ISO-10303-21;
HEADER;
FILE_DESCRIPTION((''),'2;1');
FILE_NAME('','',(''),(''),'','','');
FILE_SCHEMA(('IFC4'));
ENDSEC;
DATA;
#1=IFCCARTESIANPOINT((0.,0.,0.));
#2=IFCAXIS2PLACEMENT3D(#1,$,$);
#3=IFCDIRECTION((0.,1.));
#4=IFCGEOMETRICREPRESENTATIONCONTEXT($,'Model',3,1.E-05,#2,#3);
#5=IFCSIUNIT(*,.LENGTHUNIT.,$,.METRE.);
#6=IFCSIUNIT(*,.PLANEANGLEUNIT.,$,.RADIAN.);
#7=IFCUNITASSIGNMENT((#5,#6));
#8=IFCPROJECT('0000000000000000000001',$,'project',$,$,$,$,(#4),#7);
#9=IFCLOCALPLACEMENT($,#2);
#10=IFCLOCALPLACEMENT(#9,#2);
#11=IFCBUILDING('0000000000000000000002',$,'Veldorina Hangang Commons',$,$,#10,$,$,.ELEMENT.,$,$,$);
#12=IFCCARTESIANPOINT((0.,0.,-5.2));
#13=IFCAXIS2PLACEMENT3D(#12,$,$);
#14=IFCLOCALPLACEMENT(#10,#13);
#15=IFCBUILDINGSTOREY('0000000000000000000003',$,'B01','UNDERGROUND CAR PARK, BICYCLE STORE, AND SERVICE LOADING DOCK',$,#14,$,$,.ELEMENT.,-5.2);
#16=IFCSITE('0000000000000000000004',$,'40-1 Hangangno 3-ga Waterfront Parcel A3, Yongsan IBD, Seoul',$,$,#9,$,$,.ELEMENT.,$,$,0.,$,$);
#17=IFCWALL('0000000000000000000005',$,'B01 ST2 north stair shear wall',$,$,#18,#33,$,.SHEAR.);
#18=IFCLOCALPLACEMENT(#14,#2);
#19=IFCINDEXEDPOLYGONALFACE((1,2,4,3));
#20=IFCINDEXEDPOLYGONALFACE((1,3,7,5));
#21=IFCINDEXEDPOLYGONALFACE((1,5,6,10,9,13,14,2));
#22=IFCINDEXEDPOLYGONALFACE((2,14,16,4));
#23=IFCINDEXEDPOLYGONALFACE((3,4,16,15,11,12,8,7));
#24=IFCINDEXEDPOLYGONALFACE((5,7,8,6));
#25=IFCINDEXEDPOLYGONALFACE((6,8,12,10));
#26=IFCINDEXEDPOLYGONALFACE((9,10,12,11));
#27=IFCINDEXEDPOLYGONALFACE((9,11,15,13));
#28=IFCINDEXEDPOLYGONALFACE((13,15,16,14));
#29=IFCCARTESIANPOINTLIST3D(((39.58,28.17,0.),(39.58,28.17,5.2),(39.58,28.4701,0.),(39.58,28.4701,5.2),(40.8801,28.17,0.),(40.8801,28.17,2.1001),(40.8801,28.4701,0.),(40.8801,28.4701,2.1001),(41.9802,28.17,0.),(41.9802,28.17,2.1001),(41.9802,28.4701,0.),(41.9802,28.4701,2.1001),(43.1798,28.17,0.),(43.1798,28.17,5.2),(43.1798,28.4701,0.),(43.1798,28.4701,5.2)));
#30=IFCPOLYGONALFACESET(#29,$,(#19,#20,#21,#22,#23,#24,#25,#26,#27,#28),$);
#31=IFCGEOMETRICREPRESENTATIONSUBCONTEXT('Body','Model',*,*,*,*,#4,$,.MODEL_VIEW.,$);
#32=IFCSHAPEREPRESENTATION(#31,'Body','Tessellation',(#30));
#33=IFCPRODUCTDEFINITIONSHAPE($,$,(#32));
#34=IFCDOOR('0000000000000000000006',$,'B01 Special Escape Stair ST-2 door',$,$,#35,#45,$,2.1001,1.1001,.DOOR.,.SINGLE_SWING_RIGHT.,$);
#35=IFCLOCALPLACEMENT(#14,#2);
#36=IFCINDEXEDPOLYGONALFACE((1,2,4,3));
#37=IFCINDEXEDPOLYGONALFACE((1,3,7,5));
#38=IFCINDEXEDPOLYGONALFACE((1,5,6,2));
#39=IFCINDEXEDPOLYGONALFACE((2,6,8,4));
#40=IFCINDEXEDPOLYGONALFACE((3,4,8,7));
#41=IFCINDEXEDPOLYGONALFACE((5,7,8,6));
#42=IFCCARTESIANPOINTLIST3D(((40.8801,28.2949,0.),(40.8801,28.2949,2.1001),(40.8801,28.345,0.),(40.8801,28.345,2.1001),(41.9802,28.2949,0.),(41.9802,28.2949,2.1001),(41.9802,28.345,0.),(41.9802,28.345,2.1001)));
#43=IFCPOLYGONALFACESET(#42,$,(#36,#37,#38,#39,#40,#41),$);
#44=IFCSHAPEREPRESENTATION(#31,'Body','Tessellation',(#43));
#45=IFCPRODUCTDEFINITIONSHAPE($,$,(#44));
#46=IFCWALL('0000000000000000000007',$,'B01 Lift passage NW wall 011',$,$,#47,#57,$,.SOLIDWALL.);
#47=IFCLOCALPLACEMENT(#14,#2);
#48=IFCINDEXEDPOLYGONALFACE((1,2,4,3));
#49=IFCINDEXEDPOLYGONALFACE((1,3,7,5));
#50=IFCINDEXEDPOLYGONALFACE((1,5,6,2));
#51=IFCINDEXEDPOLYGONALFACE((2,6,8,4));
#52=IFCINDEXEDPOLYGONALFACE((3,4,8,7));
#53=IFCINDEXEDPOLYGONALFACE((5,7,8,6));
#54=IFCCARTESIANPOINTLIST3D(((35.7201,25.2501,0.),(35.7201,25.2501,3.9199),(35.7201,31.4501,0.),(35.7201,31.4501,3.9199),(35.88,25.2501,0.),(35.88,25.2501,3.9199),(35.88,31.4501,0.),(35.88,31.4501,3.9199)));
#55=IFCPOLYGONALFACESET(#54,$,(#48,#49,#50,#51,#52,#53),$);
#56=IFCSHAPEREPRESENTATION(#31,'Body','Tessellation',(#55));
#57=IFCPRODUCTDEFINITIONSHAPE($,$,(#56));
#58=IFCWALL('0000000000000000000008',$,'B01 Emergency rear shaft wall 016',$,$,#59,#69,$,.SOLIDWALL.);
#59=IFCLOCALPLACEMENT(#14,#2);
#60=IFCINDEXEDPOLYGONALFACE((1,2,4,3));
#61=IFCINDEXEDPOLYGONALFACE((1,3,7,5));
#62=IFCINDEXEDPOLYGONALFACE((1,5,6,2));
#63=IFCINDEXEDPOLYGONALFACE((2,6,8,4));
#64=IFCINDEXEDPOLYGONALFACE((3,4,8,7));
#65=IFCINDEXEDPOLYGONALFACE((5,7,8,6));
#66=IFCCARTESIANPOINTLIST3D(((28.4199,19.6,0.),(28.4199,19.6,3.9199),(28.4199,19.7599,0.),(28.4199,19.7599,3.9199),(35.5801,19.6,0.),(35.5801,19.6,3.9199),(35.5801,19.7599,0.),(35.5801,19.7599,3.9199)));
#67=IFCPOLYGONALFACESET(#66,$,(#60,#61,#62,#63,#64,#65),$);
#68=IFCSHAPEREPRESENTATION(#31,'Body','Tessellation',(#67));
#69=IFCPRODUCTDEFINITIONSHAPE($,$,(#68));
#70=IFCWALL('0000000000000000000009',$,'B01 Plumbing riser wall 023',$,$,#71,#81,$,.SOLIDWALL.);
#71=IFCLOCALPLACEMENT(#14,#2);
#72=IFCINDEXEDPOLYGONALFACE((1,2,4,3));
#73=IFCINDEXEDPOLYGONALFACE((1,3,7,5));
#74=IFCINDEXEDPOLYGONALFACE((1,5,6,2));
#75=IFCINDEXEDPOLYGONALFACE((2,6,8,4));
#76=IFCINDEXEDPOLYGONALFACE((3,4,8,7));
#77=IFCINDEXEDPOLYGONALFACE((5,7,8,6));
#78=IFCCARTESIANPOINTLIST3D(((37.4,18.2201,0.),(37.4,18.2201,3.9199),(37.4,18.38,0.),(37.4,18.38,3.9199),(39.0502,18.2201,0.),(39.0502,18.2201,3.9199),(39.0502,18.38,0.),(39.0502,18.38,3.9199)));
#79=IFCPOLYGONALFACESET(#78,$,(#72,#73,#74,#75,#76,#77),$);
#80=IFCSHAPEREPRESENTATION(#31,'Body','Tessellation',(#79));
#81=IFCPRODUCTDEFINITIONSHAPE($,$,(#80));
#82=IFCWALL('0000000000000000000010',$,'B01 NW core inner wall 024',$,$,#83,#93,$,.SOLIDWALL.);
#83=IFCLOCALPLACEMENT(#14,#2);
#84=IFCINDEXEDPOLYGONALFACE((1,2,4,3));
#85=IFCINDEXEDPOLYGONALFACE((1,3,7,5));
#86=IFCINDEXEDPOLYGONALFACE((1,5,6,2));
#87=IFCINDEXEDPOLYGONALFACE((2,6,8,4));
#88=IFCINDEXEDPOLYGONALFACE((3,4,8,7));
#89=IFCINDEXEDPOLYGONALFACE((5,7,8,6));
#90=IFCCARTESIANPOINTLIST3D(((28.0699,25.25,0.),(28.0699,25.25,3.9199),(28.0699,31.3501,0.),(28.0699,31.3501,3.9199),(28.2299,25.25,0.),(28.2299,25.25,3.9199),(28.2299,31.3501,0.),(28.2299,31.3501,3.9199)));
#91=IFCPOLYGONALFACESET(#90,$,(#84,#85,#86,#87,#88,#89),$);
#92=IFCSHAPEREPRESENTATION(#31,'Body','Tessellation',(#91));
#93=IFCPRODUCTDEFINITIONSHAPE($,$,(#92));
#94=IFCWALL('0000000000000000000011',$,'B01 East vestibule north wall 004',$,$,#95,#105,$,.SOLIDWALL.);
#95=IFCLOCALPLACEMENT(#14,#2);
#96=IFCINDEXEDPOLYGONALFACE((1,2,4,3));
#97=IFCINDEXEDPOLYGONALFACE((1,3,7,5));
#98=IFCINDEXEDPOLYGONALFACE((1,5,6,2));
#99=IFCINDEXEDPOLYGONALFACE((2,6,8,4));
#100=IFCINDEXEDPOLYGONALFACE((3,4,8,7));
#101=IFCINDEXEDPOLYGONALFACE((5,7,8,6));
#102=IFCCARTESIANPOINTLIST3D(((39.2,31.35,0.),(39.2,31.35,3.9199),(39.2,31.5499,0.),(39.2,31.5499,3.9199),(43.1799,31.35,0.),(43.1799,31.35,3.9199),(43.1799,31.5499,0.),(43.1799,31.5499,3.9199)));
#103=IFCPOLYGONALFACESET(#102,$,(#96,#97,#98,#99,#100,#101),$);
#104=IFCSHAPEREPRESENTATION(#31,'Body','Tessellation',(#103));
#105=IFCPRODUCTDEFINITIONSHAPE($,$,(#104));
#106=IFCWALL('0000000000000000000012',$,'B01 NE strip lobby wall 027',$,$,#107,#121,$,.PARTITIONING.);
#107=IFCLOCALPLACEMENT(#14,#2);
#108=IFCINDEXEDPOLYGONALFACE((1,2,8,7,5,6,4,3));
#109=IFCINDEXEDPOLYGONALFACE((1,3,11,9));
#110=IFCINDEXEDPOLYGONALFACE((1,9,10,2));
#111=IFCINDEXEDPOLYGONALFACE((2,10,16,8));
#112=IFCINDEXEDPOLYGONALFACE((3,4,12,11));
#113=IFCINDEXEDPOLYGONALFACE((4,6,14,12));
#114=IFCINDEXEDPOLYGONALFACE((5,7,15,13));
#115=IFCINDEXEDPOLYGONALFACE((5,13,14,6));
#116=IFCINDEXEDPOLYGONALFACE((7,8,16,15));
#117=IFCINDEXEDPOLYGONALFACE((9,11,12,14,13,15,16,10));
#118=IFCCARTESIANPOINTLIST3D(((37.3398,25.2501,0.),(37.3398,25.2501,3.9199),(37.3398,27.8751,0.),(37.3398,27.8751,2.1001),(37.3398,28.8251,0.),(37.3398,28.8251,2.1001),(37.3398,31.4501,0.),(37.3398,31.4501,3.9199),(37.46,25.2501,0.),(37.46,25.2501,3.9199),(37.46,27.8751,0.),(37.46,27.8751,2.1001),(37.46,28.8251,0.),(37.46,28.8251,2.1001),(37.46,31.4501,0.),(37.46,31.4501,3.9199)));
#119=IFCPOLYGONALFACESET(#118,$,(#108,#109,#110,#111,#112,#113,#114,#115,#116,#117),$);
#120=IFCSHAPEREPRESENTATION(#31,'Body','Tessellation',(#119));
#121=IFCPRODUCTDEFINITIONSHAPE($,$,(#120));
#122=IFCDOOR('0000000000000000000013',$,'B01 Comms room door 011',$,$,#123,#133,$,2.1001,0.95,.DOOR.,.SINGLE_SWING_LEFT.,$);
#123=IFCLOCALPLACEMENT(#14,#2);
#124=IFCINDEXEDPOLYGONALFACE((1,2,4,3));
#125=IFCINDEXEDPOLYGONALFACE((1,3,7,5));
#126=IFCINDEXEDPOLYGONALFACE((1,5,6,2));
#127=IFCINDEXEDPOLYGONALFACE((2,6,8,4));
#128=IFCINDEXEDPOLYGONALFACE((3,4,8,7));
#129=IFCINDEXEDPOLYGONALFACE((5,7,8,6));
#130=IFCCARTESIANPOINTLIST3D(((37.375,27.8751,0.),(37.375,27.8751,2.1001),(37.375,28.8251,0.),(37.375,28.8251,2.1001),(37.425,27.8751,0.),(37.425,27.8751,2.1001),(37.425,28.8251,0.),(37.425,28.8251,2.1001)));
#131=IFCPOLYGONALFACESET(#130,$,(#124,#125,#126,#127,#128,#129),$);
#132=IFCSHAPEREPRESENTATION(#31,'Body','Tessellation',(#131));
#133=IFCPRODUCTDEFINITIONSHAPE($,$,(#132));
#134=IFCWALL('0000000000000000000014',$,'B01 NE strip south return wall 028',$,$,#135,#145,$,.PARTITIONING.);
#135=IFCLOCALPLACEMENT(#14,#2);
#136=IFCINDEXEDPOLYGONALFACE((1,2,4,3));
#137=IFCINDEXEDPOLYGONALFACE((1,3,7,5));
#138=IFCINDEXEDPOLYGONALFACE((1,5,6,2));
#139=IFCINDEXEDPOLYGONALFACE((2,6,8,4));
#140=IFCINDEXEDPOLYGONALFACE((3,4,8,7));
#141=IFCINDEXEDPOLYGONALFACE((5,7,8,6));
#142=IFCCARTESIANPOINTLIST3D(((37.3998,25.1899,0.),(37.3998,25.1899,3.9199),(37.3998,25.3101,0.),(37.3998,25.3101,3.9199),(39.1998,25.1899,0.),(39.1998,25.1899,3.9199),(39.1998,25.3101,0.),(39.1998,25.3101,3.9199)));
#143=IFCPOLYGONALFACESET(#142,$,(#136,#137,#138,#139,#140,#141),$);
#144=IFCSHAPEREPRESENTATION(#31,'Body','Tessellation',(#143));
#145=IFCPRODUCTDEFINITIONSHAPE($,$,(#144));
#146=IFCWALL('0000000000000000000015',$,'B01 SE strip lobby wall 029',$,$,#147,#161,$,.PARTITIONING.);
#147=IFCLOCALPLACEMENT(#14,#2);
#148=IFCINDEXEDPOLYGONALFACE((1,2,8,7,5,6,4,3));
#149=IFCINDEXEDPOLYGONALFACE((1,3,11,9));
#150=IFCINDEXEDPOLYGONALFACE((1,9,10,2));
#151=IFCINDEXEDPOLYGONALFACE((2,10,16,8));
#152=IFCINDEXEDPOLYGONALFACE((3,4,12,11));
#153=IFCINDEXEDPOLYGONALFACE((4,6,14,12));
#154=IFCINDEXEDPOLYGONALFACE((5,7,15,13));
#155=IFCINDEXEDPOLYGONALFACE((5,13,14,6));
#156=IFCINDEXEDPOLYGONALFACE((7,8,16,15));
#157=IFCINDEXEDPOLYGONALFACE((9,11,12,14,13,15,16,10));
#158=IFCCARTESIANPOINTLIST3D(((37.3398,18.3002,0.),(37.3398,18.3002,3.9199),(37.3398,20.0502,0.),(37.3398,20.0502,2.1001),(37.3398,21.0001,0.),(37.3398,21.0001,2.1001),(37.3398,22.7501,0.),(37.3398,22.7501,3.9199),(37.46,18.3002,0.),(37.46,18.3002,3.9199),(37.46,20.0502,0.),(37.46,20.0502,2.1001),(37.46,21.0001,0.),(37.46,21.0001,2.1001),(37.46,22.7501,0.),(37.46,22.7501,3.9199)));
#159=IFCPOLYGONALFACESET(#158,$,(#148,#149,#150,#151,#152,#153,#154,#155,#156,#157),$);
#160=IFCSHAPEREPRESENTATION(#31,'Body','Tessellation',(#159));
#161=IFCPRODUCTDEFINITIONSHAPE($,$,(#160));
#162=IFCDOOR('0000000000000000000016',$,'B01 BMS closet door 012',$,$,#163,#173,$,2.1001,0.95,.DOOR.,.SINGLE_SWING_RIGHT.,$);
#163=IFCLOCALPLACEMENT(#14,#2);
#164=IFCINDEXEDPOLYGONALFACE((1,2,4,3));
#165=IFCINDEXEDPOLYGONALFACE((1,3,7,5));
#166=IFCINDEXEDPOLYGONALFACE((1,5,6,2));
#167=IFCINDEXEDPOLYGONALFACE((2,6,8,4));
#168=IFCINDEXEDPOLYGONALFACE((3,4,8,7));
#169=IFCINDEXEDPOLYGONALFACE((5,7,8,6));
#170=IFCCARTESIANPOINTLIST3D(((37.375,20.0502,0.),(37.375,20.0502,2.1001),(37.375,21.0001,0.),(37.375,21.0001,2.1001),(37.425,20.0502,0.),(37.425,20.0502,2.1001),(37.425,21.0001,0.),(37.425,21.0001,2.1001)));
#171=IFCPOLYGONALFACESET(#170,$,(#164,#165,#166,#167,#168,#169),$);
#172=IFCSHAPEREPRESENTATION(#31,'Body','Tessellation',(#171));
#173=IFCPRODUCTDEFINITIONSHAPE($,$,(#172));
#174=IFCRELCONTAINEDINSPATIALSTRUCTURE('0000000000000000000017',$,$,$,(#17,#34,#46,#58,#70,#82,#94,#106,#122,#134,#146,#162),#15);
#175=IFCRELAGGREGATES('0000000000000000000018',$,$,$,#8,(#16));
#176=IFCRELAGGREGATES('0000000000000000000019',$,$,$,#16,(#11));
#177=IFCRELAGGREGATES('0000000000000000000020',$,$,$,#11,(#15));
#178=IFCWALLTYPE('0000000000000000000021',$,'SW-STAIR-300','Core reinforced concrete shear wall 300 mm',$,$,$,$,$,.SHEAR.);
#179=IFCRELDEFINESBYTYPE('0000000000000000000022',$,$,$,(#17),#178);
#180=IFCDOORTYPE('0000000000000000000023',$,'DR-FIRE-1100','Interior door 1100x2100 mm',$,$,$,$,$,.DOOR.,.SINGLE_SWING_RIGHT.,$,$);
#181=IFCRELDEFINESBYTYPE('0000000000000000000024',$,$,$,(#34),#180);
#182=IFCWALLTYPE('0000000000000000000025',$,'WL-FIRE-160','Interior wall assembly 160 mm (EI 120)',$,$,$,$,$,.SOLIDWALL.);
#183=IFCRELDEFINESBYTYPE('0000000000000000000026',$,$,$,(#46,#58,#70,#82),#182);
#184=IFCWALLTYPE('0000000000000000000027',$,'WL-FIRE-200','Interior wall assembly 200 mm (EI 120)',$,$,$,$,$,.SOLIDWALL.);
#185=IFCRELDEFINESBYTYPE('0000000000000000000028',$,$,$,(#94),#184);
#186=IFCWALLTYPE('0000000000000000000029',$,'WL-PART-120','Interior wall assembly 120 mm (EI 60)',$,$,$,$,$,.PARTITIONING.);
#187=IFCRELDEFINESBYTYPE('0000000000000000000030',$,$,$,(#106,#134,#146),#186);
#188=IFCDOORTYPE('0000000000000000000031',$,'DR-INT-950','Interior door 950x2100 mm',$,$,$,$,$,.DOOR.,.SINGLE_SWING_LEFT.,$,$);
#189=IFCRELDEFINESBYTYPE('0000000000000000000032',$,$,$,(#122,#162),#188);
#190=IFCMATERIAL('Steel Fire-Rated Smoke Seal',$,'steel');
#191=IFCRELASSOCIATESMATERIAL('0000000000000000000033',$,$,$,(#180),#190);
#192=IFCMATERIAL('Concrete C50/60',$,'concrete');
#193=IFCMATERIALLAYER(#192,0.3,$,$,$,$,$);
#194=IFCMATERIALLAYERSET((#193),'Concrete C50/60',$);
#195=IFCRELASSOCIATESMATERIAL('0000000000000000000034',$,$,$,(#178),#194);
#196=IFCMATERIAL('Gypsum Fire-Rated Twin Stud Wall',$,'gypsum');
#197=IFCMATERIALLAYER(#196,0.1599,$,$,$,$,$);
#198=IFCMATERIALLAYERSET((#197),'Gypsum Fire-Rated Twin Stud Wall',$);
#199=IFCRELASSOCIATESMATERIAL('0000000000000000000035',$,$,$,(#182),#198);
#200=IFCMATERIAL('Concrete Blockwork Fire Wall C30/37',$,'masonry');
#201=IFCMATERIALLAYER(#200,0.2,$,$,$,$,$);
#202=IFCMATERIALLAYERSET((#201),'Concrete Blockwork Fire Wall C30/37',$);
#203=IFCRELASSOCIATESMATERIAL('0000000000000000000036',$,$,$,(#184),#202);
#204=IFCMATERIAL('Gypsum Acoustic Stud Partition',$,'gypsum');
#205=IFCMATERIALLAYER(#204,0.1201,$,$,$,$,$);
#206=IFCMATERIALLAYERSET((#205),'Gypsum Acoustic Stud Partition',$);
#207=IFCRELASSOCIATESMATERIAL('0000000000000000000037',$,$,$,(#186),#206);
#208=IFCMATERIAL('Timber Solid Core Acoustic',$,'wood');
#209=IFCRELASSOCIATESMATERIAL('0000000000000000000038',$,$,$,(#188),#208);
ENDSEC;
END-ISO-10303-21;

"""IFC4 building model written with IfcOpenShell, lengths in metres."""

from ifc_helpers import new_model, si_unit, direction, frame, frame_2d, origin, place, context, subcontext, project, spatial, rectangle, extrude, material, layer, layer_set, type_object, element, fill, save


model = new_model("IFC4")

# Units and contexts
model_context = context("Model", 3, precision=1e-05, world=origin(), true_north=direction((0.0, 1.0)))
body_context = subcontext(model_context, "Body", "Model", "MODEL_VIEW")
ifc_project = project(units=[si_unit("LENGTHUNIT", "METRE"), si_unit("PLANEANGLEUNIT", "RADIAN")], contexts=[model_context])

# Site, building, storey
site_placement = place(None, origin())
site = spatial("IfcSite", under=ifc_project, at=site_placement, Name="40-1 Hangangno 3-ga Waterfront Parcel A3, Yongsan IBD, Seoul", CompositionType="ELEMENT", RefElevation=0.0)
building_placement = place(site_placement, origin())
building = spatial("IfcBuilding", under=site, at=building_placement, Name="Veldorina Hangang Commons", CompositionType="ELEMENT")
storey_placement = place(building_placement, frame((0.0, 0.0, -5.2)))
storey = spatial("IfcBuildingStorey", under=building, at=storey_placement, Name="B01", Description="UNDERGROUND CAR PARK, BICYCLE STORE, AND SERVICE LOADING DOCK", CompositionType="ELEMENT", Elevation=-5.2)

# Shared definitions
ifc_material_1 = material(Name="Concrete C50/60", Category="concrete")

# Shared definitions
ifc_material_2 = material(Name="Steel Fire-Rated Smoke Seal", Category="steel")
door_type_1 = type_object("IfcDoorType", Name="DR-FIRE-1100", Description="Interior door 1100x2100 mm", OperationType="SINGLE_SWING_RIGHT", PredefinedType="DOOR", material=ifc_material_2)

# Shared definitions
ifc_layer_1 = layer(ifc_material_1, 0.3)
ifc_layer_set_1 = layer_set([ifc_layer_1], Name="Concrete C50/60")
wall_type_1 = type_object("IfcWallType", Name="SW-STAIR-300", Description="Core reinforced concrete shear wall 300 mm", PredefinedType="SHEAR", material=ifc_layer_set_1)

# Wall, opening, door
wall_1_placement = place(storey_placement, frame((39.5801, 28.3201, 0.0), z_axis=(0.0, 0.0, 1.0), x_axis=(1.0, 0.0, 0.0)))
wall_1 = element("IfcWall", 1, at=wall_1_placement, inside=storey, type_object=wall_type_1, Name="B01 ST2 north stair shear wall", PredefinedType="SHEAR", context=body_context, shape_type="SweptSolid", body=[
    extrude(rectangle(XDim=3.5999, YDim=0.3, at=frame_2d((1.7998, 0.0))), origin(), (0.0, 0.0, 1.0), 5.2),
])
opening_1_placement = place(wall_1_placement, frame((1.3, 0.0, 0.0)))
opening_1 = element("IfcOpeningElement", 2, at=opening_1_placement, cuts=wall_1, PredefinedType="OPENING", context=body_context, shape_type="SweptSolid", body=[
    extrude(rectangle(XDim=1.1001, YDim=2.1001, at=frame_2d((0.55, 1.05))), frame((0.0, 0.1602, 0.0), z_axis=(0.0, -1.0, 0.0), x_axis=(1.0, 0.0, 0.0)), (0.0, 0.0, 1.0), 0.3201),
])
door_1_placement = place(opening_1_placement, origin())
door_1 = element("IfcDoor", 3, at=door_1_placement, inside=storey, type_object=door_type_1, Name="B01 Special Escape Stair ST-2 door", OperationType="SINGLE_SWING_RIGHT", OverallHeight=2.1001, OverallWidth=1.1001, PredefinedType="DOOR", context=body_context, shape_type="SweptSolid", body=[
    extrude(rectangle(XDim=1.1001, YDim=2.1001, at=frame_2d((0.55, 1.05))), frame((0.0, 0.0249, 0.0), z_axis=(0.0, -1.0, 0.0), x_axis=(1.0, 0.0, 0.0)), (0.0, 0.0, 1.0), 0.05),
])
fill(opening_1, door_1)

# Walls
ifc_material_3 = material(Name="Gypsum Fire-Rated Twin Stud Wall", Category="gypsum")
ifc_layer_2 = layer(ifc_material_3, 0.1599)
ifc_layer_set_2 = layer_set([ifc_layer_2], Name="Gypsum Fire-Rated Twin Stud Wall")
wall_type_2 = type_object("IfcWallType", Name="WL-FIRE-160", Description="Interior wall assembly 160 mm (EI 120)", PredefinedType="SOLIDWALL", material=ifc_layer_set_2)
wall_2_placement = place(storey_placement, frame((35.8, 25.25, 0.0), z_axis=(0.0, 0.0, 1.0), x_axis=(0.0, 1.0, 0.0)))
element("IfcWall", 4, at=wall_2_placement, inside=storey, type_object=wall_type_2, Name="B01 Lift passage NW wall 011", PredefinedType="SOLIDWALL", context=body_context, shape_type="SweptSolid", body=[
    extrude(rectangle(XDim=6.2, YDim=0.1599, at=frame_2d((3.1001, 0.0))), origin(), (0.0, 0.0, 1.0), 3.9199),
])
wall_3_placement = place(storey_placement, frame((28.4199, 19.6799, 0.0), z_axis=(0.0, 0.0, 1.0), x_axis=(1.0, 0.0, 0.0)))
element("IfcWall", 5, at=wall_3_placement, inside=storey, type_object=wall_type_2, Name="B01 Emergency rear shaft wall 016", PredefinedType="SOLIDWALL", context=body_context, shape_type="SweptSolid", body=[
    extrude(rectangle(XDim=7.1602, YDim=0.1599, at=frame_2d((3.5801, 0.0))), origin(), (0.0, 0.0, 1.0), 3.9199),
])
wall_4_placement = place(storey_placement, frame((37.3999, 18.3, 0.0), z_axis=(0.0, 0.0, 1.0), x_axis=(1.0, 0.0, 0.0)))
element("IfcWall", 6, at=wall_4_placement, inside=storey, type_object=wall_type_2, Name="B01 Plumbing riser wall 023", PredefinedType="SOLIDWALL", context=body_context, shape_type="SweptSolid", body=[
    extrude(rectangle(XDim=1.6501, YDim=0.1599, at=frame_2d((0.8252, 0.0))), origin(), (0.0, 0.0, 1.0), 3.9199),
])
wall_5_placement = place(storey_placement, frame((28.1499, 25.25, 0.0), z_axis=(0.0, 0.0, 1.0), x_axis=(0.0, 1.0, 0.0)))
element("IfcWall", 7, at=wall_5_placement, inside=storey, type_object=wall_type_2, Name="B01 NW core inner wall 024", PredefinedType="SOLIDWALL", context=body_context, shape_type="SweptSolid", body=[
    extrude(rectangle(XDim=6.1001, YDim=0.1599, at=frame_2d((3.05, 0.0))), origin(), (0.0, 0.0, 1.0), 3.9199),
])
ifc_material_4 = material(Name="Concrete Blockwork Fire Wall C30/37", Category="masonry")
ifc_layer_3 = layer(ifc_material_4, 0.2)
ifc_layer_set_3 = layer_set([ifc_layer_3], Name="Concrete Blockwork Fire Wall C30/37")
wall_type_3 = type_object("IfcWallType", Name="WL-FIRE-200", Description="Interior wall assembly 200 mm (EI 120)", PredefinedType="SOLIDWALL", material=ifc_layer_set_3)
wall_6_placement = place(storey_placement, frame((39.2, 31.45, 0.0), z_axis=(0.0, 0.0, 1.0), x_axis=(1.0, 0.0, 0.0)))
element("IfcWall", 8, at=wall_6_placement, inside=storey, type_object=wall_type_3, Name="B01 East vestibule north wall 004", PredefinedType="SOLIDWALL", context=body_context, shape_type="SweptSolid", body=[
    extrude(rectangle(XDim=3.98, YDim=0.2, at=frame_2d((1.99, 0.0))), origin(), (0.0, 0.0, 1.0), 3.9199),
])

# Wall, opening, door
ifc_material_5 = material(Name="Gypsum Acoustic Stud Partition", Category="gypsum")
ifc_layer_4 = layer(ifc_material_5, 0.1201)
ifc_layer_set_4 = layer_set([ifc_layer_4], Name="Gypsum Acoustic Stud Partition")
wall_type_4 = type_object("IfcWallType", Name="WL-PART-120", Description="Interior wall assembly 120 mm (EI 60)", PredefinedType="PARTITIONING", material=ifc_layer_set_4)
wall_7_placement = place(storey_placement, frame((37.3999, 25.25, 0.0), z_axis=(0.0, 0.0, 1.0), x_axis=(0.0, 1.0, 0.0)))
wall_7 = element("IfcWall", 9, at=wall_7_placement, inside=storey, type_object=wall_type_4, Name="B01 NE strip lobby wall 027", PredefinedType="PARTITIONING", context=body_context, shape_type="SweptSolid", body=[
    extrude(rectangle(XDim=6.2, YDim=0.1201, at=frame_2d((3.1001, 0.0))), origin(), (0.0, 0.0, 1.0), 3.9199),
])
opening_2_placement = place(wall_7_placement, frame((2.625, 0.0, 0.0)))
opening_2 = element("IfcOpeningElement", 10, at=opening_2_placement, cuts=wall_7, PredefinedType="OPENING", context=body_context, shape_type="SweptSolid", body=[
    extrude(rectangle(XDim=0.95, YDim=2.1001, at=frame_2d((0.4751, 1.05))), frame((0.0, 0.0701, 0.0), z_axis=(0.0, -1.0, 0.0), x_axis=(1.0, 0.0, 0.0)), (0.0, 0.0, 1.0), 0.1401),
])
ifc_material_6 = material(Name="Timber Solid Core Acoustic", Category="wood")
door_type_2 = type_object("IfcDoorType", Name="DR-INT-950", Description="Interior door 950x2100 mm", OperationType="SINGLE_SWING_LEFT", PredefinedType="DOOR", material=ifc_material_6)
door_2_placement = place(opening_2_placement, origin())
door_2 = element("IfcDoor", 11, at=door_2_placement, inside=storey, type_object=door_type_2, Name="B01 Comms room door 011", OperationType="SINGLE_SWING_LEFT", OverallHeight=2.1001, OverallWidth=0.95, PredefinedType="DOOR", context=body_context, shape_type="SweptSolid", body=[
    extrude(rectangle(XDim=0.95, YDim=2.1001, at=frame_2d((0.4751, 1.05))), frame((0.0, 0.0249, 0.0), z_axis=(0.0, -1.0, 0.0), x_axis=(1.0, 0.0, 0.0)), (0.0, 0.0, 1.0), 0.05),
])
fill(opening_2, door_2)

# Wall
wall_8_placement = place(storey_placement, frame((37.3999, 25.25, 0.0), z_axis=(0.0, 0.0, 1.0), x_axis=(1.0, 0.0, 0.0)))
element("IfcWall", 12, at=wall_8_placement, inside=storey, type_object=wall_type_4, Name="B01 NE strip south return wall 028", PredefinedType="PARTITIONING", context=body_context, shape_type="SweptSolid", body=[
    extrude(rectangle(XDim=1.8, YDim=0.1201, at=frame_2d((0.8999, 0.0))), origin(), (0.0, 0.0, 1.0), 3.9199),
])

# Wall, opening, door
wall_9_placement = place(storey_placement, frame((37.3999, 18.3, 0.0), z_axis=(0.0, 0.0, 1.0), x_axis=(0.0, 1.0, 0.0)))
wall_9 = element("IfcWall", 13, at=wall_9_placement, inside=storey, type_object=wall_type_4, Name="B01 SE strip lobby wall 029", PredefinedType="PARTITIONING", context=body_context, shape_type="SweptSolid", body=[
    extrude(rectangle(XDim=4.45, YDim=0.1201, at=frame_2d((2.2251, 0.0))), origin(), (0.0, 0.0, 1.0), 3.9199),
])
opening_3_placement = place(wall_9_placement, frame((1.75, 0.0, 0.0)))
opening_3 = element("IfcOpeningElement", 14, at=opening_3_placement, cuts=wall_9, PredefinedType="OPENING", context=body_context, shape_type="SweptSolid", body=[
    extrude(rectangle(XDim=0.95, YDim=2.1001, at=frame_2d((0.4751, 1.05))), frame((0.0, 0.0701, 0.0), z_axis=(0.0, -1.0, 0.0), x_axis=(1.0, 0.0, 0.0)), (0.0, 0.0, 1.0), 0.1401),
])
door_3_placement = place(opening_3_placement, origin())
door_3 = element("IfcDoor", 15, at=door_3_placement, inside=storey, type_object=door_type_2, Name="B01 BMS closet door 012", OperationType="SINGLE_SWING_RIGHT", OverallHeight=2.1001, OverallWidth=0.95, PredefinedType="DOOR", context=body_context, shape_type="SweptSolid", body=[
    extrude(rectangle(XDim=0.95, YDim=2.1001, at=frame_2d((0.4751, 1.05))), frame((0.0, 0.0249, 0.0), z_axis=(0.0, -1.0, 0.0), x_axis=(1.0, 0.0, 0.0)), (0.0, 0.0, 1.0), 0.05),
])
fill(opening_3, door_3)

save(model, "model.ifc")
